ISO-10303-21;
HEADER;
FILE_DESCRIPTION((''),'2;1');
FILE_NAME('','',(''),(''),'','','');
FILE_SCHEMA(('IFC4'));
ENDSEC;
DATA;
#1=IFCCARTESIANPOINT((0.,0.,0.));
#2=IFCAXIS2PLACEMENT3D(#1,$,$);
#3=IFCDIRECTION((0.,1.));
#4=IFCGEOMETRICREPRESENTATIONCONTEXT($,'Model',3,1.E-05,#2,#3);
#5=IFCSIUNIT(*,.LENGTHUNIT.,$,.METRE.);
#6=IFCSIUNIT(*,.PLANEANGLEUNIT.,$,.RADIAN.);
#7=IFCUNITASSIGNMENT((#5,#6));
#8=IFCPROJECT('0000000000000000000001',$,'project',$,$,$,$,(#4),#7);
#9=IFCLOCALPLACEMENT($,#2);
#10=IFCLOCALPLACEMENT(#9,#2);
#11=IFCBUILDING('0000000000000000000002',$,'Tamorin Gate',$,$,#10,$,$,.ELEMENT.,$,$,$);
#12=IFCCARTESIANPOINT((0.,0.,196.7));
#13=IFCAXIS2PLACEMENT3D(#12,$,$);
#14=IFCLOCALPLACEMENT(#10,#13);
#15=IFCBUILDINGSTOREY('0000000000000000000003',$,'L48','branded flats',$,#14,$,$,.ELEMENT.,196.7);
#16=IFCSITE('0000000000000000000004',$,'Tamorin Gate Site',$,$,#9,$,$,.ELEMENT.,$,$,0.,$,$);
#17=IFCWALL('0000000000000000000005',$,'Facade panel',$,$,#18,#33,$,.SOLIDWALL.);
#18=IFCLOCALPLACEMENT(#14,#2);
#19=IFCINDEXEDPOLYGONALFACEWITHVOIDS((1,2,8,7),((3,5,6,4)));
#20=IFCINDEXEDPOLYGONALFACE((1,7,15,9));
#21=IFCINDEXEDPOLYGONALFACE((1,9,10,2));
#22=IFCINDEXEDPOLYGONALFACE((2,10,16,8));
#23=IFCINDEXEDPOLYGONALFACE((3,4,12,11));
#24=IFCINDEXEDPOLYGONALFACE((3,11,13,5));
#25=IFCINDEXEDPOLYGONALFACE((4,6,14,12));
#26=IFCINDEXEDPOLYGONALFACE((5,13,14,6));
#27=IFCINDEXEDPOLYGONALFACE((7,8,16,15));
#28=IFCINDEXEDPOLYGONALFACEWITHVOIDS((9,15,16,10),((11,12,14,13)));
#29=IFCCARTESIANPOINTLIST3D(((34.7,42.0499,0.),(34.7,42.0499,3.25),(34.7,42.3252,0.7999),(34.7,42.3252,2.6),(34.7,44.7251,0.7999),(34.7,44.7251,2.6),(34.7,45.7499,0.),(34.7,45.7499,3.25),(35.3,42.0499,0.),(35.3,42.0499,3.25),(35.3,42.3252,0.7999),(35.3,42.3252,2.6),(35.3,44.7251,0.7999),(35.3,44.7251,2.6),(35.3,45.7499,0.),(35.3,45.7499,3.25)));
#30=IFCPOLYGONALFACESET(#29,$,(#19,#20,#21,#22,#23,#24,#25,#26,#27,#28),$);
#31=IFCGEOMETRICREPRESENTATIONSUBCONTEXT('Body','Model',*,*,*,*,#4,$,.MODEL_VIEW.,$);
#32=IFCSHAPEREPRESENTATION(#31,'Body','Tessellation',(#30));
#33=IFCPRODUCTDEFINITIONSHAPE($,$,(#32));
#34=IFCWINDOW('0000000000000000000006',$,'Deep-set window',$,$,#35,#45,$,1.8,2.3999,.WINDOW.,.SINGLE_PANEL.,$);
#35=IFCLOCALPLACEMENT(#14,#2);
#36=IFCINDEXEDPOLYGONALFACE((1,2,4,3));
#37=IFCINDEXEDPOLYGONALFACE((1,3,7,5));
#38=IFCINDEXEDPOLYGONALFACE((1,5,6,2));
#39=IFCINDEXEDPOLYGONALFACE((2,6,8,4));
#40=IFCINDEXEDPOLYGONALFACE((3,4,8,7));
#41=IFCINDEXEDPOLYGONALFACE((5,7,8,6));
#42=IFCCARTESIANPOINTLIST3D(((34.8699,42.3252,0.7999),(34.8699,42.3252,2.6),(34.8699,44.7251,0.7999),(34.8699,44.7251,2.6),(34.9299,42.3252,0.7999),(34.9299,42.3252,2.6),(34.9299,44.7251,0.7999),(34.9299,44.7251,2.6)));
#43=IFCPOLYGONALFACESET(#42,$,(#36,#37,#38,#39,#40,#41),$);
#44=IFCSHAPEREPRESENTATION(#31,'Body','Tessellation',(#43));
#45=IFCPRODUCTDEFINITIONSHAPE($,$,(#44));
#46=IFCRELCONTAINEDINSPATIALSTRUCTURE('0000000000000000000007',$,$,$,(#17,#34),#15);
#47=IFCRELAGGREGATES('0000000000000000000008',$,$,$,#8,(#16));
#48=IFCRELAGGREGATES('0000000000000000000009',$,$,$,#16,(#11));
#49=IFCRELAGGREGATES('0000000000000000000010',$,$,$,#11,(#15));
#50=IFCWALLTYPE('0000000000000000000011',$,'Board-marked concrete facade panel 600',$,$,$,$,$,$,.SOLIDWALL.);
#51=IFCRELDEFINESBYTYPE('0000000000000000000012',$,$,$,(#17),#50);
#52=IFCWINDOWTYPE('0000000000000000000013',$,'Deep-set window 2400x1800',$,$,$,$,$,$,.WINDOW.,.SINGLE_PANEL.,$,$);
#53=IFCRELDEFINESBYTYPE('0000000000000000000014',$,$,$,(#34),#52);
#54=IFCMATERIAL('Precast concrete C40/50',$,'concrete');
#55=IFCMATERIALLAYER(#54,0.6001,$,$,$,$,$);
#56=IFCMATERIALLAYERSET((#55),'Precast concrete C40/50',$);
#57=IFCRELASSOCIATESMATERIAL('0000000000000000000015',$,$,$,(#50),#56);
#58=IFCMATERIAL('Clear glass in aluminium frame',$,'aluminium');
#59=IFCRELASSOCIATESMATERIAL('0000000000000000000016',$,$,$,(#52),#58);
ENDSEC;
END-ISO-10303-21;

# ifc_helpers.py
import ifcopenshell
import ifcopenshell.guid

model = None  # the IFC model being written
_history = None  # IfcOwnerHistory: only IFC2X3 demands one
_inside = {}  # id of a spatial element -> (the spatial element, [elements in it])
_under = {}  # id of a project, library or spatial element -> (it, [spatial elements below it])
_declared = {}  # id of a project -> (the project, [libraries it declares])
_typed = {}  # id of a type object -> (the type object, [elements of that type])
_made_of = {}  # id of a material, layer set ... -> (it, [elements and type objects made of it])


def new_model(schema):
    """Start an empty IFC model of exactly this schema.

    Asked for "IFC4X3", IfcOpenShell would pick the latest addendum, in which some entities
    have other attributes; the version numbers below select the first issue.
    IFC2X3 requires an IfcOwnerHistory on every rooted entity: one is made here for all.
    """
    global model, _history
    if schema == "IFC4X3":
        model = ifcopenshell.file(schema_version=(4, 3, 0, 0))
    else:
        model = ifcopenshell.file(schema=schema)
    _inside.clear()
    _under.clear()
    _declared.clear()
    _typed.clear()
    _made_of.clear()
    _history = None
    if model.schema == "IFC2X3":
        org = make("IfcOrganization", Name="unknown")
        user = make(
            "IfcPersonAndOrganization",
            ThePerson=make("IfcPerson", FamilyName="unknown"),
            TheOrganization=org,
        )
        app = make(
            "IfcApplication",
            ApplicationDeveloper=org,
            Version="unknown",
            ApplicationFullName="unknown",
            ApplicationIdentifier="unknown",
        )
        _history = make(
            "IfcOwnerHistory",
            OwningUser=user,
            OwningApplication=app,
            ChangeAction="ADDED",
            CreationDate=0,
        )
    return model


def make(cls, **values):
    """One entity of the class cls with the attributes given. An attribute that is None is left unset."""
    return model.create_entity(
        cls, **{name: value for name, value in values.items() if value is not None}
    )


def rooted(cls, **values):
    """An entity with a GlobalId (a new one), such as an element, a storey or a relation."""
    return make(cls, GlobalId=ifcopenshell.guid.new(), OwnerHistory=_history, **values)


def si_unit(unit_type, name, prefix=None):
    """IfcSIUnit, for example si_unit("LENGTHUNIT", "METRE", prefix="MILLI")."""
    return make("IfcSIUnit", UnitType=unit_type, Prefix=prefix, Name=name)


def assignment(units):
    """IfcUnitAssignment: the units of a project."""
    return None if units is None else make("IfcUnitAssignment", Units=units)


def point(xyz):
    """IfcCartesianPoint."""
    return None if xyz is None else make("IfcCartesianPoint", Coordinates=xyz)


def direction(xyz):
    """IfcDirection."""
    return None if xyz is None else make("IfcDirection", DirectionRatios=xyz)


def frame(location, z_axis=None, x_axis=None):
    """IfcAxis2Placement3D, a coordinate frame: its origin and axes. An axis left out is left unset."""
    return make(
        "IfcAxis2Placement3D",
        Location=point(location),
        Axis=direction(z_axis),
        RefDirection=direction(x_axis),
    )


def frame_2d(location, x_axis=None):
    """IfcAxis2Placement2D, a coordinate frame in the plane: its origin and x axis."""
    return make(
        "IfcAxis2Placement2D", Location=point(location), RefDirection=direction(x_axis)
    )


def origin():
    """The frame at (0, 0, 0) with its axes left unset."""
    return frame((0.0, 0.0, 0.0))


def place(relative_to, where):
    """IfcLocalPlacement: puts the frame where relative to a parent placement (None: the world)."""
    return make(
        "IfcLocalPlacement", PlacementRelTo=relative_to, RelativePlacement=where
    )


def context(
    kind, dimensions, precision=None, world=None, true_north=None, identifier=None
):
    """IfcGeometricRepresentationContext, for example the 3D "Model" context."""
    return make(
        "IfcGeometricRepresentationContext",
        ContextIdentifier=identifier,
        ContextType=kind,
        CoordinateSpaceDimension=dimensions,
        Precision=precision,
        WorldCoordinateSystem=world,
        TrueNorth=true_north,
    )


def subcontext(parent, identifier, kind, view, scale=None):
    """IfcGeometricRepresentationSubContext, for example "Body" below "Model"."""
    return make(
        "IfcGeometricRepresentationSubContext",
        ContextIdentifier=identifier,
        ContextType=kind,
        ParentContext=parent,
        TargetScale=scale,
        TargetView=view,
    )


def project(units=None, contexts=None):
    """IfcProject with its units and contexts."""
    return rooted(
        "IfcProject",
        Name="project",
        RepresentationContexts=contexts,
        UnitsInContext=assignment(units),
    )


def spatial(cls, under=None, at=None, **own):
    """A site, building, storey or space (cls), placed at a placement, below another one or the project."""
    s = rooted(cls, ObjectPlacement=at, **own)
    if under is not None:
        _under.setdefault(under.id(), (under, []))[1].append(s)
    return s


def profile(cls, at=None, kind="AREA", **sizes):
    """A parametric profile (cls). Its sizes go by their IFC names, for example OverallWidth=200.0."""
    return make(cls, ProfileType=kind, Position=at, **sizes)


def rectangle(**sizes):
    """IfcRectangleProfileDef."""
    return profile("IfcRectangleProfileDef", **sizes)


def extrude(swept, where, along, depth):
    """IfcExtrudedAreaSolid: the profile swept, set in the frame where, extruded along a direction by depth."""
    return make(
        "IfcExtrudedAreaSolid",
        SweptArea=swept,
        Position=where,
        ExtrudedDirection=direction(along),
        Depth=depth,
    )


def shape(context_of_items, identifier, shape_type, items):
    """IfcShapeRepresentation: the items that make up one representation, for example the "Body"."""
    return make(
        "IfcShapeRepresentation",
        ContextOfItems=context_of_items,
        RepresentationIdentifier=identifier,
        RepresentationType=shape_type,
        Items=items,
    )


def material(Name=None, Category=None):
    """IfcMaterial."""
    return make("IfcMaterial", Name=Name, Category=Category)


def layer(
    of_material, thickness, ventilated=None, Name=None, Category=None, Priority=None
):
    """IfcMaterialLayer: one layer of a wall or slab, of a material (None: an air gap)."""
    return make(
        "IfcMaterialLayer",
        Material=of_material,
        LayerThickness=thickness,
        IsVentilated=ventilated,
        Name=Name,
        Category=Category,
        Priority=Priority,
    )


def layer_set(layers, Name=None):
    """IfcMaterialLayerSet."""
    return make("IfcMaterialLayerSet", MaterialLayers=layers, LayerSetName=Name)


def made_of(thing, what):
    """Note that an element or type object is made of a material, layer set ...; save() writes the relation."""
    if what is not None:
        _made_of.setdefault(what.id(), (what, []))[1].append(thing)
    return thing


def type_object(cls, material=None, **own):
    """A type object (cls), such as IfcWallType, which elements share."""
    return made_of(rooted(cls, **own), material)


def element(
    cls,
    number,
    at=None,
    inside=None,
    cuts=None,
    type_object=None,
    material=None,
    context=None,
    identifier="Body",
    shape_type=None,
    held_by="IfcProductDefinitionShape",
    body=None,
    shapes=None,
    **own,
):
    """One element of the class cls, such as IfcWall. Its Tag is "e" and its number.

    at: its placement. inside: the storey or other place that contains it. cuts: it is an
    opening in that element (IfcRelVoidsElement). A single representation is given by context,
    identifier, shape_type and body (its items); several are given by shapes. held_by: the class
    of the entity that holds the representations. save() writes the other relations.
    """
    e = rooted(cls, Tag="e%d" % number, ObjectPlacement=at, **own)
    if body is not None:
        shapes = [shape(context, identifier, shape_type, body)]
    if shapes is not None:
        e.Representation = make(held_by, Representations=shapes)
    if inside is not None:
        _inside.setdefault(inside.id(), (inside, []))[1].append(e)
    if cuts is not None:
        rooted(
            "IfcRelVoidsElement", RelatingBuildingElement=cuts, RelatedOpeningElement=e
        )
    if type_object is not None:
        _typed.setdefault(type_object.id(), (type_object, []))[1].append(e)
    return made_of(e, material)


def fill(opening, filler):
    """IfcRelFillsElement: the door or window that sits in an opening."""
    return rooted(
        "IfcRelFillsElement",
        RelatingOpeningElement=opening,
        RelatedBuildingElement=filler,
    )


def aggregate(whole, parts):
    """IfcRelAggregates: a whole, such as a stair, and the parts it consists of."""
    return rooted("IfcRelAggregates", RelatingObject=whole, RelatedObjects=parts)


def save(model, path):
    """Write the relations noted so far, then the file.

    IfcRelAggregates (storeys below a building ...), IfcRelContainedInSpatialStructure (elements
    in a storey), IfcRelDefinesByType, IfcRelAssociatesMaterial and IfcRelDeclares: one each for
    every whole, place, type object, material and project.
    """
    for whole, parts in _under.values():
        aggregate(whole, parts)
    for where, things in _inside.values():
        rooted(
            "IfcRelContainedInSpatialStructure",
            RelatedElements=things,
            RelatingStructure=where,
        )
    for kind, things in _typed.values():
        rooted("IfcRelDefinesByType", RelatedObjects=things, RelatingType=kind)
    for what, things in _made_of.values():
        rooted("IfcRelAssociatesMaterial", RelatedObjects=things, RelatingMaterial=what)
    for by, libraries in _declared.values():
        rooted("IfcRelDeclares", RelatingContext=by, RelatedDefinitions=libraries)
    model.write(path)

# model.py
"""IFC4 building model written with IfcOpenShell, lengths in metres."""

from ifc_helpers import new_model, si_unit, direction, frame, frame_2d, origin, place, context, subcontext, project, spatial, rectangle, extrude, material, layer, layer_set, type_object, element, fill, save


model = new_model("IFC4")

# Units and contexts
model_context = context("Model", 3, precision=1e-05, world=origin(), true_north=direction((0.0, 1.0)))
body_context = subcontext(model_context, "Body", "Model", "MODEL_VIEW")
ifc_project = project(units=[si_unit("LENGTHUNIT", "METRE"), si_unit("PLANEANGLEUNIT", "RADIAN")], contexts=[model_context])

# Site, building, storey
site_placement = place(None, origin())
site = spatial("IfcSite", under=ifc_project, at=site_placement, Name="Tamorin Gate Site", CompositionType="ELEMENT", RefElevation=0.0)
building_placement = place(site_placement, origin())
building = spatial("IfcBuilding", under=site, at=building_placement, Name="Tamorin Gate", CompositionType="ELEMENT")
storey_placement = place(building_placement, frame((0.0, 0.0, 196.7)))
storey = spatial("IfcBuildingStorey", under=building, at=storey_placement, Name="L48", Description="branded flats", CompositionType="ELEMENT", Elevation=196.7)

# Shared definitions
ifc_material_1 = material(Name="Precast concrete C40/50", Category="concrete")
ifc_layer_1 = layer(ifc_material_1, 0.6001)
ifc_layer_set_1 = layer_set([ifc_layer_1], Name="Precast concrete C40/50")
wall_type = type_object("IfcWallType", Name="Board-marked concrete facade panel 600", PredefinedType="SOLIDWALL", material=ifc_layer_set_1)

# Shared definitions
ifc_material_2 = material(Name="Clear glass in aluminium frame", Category="aluminium")
window_type_1 = type_object("IfcWindowType", Name="Deep-set window 2400x1800", PartitioningType="SINGLE_PANEL", PredefinedType="WINDOW", material=ifc_material_2)

# Wall, opening, window
wall_1_placement = place(storey_placement, frame((35.0, 45.75, 0.0), z_axis=(0.0, 0.0, 1.0), x_axis=(0.0, -1.0, 0.0)))
wall_1 = element("IfcWall", 1, at=wall_1_placement, inside=storey, type_object=wall_type, Name="Facade panel", PredefinedType="SOLIDWALL", context=body_context, shape_type="SweptSolid", body=[
    extrude(rectangle(XDim=3.7, YDim=0.6001, at=frame_2d((1.8501, 0.0))), origin(), (0.0, 0.0, 1.0), 3.25),
])
opening_1_placement = place(wall_1_placement, frame((1.0249, 0.0, 0.8)))
opening_1 = element("IfcOpeningElement", 2, at=opening_1_placement, cuts=wall_1, PredefinedType="OPENING", context=body_context, shape_type="SweptSolid", body=[
    extrude(rectangle(XDim=2.3999, YDim=1.8, at=frame_2d((1.2, 0.8999))), frame((0.0, 0.3101, 0.0), z_axis=(0.0, -1.0, 0.0), x_axis=(1.0, 0.0, 0.0)), (0.0, 0.0, 1.0), 0.6201),
])
window_1_placement = place(opening_1_placement, origin())
window_1 = element("IfcWindow", 3, at=window_1_placement, inside=storey, type_object=window_type_1, Name="Deep-set window", OverallHeight=1.8, OverallWidth=2.3999, PartitioningType="SINGLE_PANEL", PredefinedType="WINDOW", context=body_context, shape_type="SweptSolid", body=[
    extrude(rectangle(XDim=2.3999, YDim=1.8, at=frame_2d((1.2, 0.8999))), frame((0.0, -0.0701, 0.0), z_axis=(0.0, -1.0, 0.0), x_axis=(1.0, 0.0, 0.0)), (0.0, 0.0, 1.0), 0.0601),
])
fill(opening_1, window_1)

save(model, "model.ifc")
